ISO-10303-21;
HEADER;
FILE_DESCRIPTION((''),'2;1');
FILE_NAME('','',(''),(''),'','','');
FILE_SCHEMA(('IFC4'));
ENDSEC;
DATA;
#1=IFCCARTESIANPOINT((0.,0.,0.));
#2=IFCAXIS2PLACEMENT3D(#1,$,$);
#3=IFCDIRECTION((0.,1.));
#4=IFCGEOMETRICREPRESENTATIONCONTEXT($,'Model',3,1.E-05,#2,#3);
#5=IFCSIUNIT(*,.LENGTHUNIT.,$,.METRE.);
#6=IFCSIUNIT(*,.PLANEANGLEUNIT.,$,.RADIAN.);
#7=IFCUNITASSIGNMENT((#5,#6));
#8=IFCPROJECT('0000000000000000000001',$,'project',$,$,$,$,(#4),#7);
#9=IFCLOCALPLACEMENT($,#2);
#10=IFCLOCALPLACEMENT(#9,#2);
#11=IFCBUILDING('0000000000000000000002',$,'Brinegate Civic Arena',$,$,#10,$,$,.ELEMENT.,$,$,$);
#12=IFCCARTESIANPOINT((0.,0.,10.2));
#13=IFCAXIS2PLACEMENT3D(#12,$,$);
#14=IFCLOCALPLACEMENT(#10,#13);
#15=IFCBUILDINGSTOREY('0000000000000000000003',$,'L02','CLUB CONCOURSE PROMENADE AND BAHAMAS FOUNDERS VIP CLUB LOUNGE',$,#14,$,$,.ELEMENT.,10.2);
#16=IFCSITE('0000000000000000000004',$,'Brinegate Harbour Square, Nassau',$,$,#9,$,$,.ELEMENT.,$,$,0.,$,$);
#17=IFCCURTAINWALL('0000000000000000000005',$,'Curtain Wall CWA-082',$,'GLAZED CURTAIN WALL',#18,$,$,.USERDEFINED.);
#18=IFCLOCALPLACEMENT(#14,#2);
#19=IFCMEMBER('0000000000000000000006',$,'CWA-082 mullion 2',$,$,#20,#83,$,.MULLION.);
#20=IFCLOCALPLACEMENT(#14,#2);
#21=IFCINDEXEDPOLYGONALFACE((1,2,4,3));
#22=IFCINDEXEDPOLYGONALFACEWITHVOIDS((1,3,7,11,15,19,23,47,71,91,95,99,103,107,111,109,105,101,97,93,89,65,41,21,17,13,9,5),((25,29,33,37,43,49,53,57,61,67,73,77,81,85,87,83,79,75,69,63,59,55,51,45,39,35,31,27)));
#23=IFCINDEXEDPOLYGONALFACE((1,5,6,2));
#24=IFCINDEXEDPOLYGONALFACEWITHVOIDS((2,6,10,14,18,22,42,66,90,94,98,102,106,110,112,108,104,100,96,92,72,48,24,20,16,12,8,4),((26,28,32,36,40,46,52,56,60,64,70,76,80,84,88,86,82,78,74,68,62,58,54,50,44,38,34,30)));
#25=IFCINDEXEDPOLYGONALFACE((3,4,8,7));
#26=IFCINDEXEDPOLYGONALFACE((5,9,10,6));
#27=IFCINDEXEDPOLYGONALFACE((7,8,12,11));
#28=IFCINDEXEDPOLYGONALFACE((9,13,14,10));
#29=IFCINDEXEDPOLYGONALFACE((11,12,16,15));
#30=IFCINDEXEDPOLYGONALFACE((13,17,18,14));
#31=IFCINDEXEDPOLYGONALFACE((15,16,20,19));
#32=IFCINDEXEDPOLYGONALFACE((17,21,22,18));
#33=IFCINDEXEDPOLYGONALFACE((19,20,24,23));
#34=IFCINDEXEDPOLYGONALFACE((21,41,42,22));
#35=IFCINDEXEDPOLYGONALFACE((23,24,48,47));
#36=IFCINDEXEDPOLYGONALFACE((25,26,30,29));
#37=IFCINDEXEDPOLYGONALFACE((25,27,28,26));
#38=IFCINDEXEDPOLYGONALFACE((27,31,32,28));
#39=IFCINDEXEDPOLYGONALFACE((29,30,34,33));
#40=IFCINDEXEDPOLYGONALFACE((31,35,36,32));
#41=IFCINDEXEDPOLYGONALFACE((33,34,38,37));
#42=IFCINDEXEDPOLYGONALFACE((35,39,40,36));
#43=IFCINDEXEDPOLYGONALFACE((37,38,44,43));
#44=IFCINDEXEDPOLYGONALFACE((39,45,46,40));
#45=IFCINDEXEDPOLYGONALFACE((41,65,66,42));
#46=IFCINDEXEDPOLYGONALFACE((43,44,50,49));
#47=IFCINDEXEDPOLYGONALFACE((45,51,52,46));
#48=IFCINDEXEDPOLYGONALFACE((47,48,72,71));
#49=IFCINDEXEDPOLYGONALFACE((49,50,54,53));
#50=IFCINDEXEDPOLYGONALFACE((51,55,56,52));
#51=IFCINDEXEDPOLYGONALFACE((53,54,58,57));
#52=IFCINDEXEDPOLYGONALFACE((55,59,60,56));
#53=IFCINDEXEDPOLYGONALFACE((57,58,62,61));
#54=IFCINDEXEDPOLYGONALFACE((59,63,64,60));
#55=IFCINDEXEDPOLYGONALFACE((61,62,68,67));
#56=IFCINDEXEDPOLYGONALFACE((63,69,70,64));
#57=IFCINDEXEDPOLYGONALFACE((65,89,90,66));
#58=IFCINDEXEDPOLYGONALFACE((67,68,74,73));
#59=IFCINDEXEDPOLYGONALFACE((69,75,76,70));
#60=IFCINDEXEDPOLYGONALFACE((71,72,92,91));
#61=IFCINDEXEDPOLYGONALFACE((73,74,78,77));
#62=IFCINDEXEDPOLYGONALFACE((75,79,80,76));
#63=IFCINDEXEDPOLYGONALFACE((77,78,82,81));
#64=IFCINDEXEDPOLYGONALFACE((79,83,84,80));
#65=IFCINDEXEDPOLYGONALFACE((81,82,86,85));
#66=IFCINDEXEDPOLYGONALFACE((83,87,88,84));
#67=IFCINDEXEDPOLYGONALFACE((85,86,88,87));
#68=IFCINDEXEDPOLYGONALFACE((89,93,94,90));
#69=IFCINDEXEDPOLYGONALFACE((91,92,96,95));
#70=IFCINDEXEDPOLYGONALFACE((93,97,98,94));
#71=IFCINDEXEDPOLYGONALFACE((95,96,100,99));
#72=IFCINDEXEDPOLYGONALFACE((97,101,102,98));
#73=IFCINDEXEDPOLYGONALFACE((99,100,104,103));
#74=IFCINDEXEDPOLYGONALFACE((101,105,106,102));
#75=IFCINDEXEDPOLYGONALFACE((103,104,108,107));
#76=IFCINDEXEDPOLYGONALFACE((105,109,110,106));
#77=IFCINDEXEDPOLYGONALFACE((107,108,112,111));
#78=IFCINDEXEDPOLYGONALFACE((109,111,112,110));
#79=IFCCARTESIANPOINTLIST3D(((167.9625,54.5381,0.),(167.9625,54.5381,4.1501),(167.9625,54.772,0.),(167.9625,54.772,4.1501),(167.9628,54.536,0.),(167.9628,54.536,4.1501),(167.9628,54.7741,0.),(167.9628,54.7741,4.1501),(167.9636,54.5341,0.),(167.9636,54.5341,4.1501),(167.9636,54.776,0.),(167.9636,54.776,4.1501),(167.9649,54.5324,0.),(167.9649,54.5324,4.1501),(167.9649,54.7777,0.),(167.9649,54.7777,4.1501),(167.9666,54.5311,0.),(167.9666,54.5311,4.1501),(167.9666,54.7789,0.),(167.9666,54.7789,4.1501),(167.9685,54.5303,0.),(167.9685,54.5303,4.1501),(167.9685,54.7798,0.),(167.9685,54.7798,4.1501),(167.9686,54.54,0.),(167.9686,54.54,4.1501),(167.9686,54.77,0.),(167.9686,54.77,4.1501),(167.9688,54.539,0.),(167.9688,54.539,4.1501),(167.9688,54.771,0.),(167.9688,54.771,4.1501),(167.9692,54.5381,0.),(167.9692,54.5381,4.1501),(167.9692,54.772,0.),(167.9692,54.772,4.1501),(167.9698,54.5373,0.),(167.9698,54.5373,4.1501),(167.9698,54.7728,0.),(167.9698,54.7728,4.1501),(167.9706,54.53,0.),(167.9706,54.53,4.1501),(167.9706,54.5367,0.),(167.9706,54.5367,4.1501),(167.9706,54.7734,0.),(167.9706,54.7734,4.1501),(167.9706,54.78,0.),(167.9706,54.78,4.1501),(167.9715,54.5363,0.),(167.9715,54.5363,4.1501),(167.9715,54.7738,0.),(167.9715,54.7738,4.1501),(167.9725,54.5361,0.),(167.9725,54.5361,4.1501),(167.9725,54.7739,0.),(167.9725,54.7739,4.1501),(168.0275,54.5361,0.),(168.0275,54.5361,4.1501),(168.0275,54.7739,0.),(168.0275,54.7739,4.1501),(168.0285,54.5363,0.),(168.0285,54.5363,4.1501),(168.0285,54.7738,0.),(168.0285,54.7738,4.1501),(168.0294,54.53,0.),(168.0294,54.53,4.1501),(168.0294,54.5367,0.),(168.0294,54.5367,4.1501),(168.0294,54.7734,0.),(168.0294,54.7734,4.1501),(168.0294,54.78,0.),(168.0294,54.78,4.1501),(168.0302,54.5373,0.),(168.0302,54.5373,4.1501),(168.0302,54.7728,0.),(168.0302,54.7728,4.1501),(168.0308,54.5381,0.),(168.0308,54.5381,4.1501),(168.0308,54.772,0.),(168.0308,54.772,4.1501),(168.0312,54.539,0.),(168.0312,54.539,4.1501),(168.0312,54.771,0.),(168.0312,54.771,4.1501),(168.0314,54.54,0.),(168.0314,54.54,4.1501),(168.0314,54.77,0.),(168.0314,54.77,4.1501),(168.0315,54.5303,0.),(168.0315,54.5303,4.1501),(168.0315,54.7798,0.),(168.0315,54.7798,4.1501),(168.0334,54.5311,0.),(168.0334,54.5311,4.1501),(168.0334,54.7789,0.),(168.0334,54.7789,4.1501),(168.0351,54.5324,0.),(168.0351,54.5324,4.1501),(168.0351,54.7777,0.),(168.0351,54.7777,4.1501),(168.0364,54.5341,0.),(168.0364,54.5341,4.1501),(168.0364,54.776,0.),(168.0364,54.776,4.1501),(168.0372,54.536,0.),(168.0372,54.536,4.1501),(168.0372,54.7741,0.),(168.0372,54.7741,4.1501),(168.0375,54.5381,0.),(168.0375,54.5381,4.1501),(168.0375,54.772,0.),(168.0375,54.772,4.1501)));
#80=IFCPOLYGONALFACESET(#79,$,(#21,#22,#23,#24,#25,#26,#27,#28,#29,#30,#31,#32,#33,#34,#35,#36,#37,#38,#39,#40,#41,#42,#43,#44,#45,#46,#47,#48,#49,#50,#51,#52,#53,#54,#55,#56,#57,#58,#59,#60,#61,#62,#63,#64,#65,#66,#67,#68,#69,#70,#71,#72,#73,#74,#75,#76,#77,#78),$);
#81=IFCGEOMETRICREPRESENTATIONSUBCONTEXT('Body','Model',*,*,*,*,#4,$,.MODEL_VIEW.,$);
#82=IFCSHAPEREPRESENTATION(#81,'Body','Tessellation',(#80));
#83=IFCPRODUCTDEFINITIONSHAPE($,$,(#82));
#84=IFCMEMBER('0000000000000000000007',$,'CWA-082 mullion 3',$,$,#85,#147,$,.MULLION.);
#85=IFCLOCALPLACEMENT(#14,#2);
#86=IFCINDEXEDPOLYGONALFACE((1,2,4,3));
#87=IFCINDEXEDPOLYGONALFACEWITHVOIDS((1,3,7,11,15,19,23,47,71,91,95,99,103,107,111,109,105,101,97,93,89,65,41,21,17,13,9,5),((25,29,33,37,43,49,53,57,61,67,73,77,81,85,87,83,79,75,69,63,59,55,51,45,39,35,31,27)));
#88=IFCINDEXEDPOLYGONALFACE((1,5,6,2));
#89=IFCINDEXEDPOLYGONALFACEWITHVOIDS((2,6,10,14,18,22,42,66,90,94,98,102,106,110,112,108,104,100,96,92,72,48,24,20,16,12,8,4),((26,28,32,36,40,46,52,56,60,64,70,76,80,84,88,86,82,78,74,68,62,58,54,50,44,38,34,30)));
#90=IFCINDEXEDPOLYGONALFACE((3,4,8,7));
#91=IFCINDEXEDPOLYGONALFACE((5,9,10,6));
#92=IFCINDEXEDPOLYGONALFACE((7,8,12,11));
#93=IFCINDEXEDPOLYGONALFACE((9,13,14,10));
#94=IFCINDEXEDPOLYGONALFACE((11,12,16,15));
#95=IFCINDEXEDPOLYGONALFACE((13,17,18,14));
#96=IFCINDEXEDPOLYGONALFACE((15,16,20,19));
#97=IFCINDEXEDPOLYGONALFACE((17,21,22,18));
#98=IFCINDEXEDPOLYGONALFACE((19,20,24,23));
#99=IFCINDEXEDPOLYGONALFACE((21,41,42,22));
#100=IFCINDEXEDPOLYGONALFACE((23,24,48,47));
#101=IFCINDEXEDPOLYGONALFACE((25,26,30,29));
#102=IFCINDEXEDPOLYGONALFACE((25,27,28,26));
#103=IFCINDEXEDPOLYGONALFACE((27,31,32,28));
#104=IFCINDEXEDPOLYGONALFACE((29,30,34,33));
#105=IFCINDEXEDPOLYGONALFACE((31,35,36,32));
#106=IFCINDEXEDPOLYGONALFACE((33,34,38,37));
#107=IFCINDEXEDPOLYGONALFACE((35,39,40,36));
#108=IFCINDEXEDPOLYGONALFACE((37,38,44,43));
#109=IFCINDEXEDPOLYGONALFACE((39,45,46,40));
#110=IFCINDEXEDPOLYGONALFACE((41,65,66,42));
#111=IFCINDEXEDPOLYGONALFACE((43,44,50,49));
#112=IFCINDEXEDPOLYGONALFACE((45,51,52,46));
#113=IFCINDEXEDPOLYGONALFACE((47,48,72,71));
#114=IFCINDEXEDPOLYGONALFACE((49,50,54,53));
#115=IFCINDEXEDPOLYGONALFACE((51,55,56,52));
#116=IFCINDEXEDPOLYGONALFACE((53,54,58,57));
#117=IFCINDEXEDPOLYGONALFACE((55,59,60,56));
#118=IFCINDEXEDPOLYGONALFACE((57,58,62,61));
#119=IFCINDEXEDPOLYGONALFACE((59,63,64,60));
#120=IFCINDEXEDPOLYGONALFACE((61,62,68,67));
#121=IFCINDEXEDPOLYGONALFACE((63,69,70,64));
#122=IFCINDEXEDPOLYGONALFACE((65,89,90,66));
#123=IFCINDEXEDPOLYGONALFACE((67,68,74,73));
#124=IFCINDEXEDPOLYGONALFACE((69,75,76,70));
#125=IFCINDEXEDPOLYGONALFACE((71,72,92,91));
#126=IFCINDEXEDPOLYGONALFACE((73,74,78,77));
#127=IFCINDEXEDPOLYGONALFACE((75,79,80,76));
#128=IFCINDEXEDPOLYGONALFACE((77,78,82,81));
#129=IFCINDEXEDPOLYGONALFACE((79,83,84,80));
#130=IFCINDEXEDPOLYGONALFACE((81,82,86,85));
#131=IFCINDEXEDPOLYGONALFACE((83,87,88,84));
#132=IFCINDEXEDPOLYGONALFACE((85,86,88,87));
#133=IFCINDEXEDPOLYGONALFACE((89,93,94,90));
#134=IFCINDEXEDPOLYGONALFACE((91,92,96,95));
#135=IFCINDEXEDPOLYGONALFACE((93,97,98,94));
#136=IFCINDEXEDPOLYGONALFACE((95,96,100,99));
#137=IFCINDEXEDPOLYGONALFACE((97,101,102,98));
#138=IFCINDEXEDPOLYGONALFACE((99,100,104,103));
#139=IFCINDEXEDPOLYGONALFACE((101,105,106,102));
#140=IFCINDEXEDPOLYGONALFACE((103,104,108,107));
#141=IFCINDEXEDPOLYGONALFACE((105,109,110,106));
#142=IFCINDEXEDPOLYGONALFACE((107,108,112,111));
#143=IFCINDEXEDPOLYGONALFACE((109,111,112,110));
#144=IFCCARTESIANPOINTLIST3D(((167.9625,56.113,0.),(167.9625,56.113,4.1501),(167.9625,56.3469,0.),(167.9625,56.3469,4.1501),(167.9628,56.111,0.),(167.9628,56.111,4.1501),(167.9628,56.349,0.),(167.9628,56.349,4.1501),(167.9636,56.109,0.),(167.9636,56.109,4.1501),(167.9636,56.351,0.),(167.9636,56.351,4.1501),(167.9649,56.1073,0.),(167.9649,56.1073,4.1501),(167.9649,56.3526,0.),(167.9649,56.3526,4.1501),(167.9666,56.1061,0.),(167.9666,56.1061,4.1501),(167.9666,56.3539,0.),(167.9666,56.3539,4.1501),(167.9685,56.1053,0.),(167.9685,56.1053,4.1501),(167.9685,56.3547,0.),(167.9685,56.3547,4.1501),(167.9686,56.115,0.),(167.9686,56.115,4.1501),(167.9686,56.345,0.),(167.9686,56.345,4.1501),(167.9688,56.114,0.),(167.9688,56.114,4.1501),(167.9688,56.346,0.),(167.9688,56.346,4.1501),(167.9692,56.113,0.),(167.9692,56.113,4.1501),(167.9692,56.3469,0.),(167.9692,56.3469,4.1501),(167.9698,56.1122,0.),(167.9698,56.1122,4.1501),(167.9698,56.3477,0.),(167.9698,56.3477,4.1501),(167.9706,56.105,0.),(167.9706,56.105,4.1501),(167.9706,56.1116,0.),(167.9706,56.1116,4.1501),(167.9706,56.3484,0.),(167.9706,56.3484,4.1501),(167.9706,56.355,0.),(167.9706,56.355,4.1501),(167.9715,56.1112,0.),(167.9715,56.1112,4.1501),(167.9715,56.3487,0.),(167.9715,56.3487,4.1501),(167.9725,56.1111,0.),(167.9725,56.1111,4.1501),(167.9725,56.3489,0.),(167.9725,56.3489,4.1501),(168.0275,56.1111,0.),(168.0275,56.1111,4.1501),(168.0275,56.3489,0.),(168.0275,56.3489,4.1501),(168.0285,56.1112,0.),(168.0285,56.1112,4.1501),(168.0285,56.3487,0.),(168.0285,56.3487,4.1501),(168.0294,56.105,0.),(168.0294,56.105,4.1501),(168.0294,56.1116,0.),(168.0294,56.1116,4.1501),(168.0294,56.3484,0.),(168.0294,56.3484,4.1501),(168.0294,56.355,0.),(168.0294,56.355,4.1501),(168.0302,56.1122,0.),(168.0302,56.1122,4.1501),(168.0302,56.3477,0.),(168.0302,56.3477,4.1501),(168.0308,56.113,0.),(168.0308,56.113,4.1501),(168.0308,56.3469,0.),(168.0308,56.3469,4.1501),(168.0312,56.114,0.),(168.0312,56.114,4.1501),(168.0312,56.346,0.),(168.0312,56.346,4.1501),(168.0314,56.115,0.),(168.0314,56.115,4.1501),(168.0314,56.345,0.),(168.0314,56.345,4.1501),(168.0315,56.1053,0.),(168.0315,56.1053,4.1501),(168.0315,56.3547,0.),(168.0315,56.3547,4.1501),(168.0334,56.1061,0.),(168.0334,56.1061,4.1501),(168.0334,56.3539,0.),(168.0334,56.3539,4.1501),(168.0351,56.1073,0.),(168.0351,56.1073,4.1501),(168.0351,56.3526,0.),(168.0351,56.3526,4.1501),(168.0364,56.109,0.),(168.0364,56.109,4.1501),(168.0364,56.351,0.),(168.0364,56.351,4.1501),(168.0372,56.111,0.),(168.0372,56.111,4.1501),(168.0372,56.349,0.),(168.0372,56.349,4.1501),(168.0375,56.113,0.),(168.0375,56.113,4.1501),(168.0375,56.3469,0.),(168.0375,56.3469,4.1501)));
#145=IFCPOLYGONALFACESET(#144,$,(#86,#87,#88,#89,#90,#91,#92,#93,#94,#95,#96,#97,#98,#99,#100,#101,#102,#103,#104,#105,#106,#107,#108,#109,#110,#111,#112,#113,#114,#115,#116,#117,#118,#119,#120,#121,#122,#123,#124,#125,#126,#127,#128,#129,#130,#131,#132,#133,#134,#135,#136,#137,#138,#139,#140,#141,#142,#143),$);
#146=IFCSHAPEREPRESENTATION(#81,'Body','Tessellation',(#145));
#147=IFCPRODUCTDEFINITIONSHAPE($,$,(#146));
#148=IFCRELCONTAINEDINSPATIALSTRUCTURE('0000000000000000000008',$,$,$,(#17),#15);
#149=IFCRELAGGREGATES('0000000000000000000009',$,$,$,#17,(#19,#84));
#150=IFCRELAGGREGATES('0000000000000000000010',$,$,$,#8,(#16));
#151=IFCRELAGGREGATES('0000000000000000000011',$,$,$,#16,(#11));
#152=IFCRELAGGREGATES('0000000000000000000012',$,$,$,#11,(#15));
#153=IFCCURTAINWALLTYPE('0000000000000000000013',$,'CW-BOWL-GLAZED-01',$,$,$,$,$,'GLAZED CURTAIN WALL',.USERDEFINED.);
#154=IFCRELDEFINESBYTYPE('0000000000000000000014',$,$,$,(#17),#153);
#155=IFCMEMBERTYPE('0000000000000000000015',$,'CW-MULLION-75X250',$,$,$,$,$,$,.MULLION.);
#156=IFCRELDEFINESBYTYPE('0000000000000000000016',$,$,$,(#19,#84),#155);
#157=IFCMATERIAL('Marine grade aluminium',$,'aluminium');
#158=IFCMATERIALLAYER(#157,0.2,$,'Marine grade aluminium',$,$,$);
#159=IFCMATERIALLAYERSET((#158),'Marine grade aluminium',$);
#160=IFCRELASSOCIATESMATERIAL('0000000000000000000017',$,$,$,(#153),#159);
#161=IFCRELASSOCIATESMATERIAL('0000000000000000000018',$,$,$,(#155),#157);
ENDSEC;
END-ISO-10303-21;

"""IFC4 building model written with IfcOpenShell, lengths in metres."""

from ifc_helpers import new_model, si_unit, direction, frame, origin, origin_2d, place, context, subcontext, project, spatial, hollow_rectangle, extrude, material, layer, layer_set, material_profile, profile_set, type_object, element, aggregate, save


model = new_model("IFC4")

# Units and contexts
model_context = context("Model", 3, precision=1e-05, world=origin(), true_north=direction((0.0, 1.0)))
body_context = subcontext(model_context, "Body", "Model", "MODEL_VIEW")
ifc_project = project(units=[si_unit("LENGTHUNIT", "METRE"), si_unit("PLANEANGLEUNIT", "RADIAN")], contexts=[model_context])

# Site, building, storey
site_placement = place(None, origin())
site = spatial("IfcSite", under=ifc_project, at=site_placement, Name="Brinegate Harbour Square, Nassau", CompositionType="ELEMENT", RefElevation=0.0)
building_placement = place(site_placement, origin())
building = spatial("IfcBuilding", under=site, at=building_placement, Name="Brinegate Civic Arena", CompositionType="ELEMENT")
storey_placement = place(building_placement, frame((0.0, 0.0, 10.2)))
storey = spatial("IfcBuildingStorey", under=building, at=storey_placement, Name="L02", Description="CLUB CONCOURSE PROMENADE AND BAHAMAS FOUNDERS VIP CLUB LOUNGE", CompositionType="ELEMENT", Elevation=10.2)

# Shared definitions
ifc_material_1 = material(Name="Marine grade aluminium", Category="aluminium")
ifc_layer_1 = layer(ifc_material_1, 0.2, Name="Marine grade aluminium")
ifc_layer_set_1 = layer_set([ifc_layer_1], Name="Marine grade aluminium")
curtain_wall_type = type_object("IfcCurtainWallType", Name="CW-BOWL-GLAZED-01", ElementType="GLAZED CURTAIN WALL", PredefinedType="USERDEFINED", material=ifc_layer_set_1)

# Curtain wall, members
curtain_wall_1_placement = place(storey_placement, origin())
curtain_wall_1 = element("IfcCurtainWall", 1, at=curtain_wall_1_placement, inside=storey, type_object=curtain_wall_type, Name="Curtain Wall CWA-082", ObjectType="GLAZED CURTAIN WALL", PredefinedType="USERDEFINED")
ifc_material_profile_1 = material_profile(ifc_material_1, hollow_rectangle(XDim=0.075, YDim=0.25, WallThickness=0.0061, InnerFilletRadius=0.0039, OuterFilletRadius=0.0081, at=origin_2d()), Name="MUL75X250")
ifc_profile_set_1 = profile_set([ifc_material_profile_1], Name="Marine grade aluminium")
member_type_1 = type_object("IfcMemberType", Name="CW-MULLION-75X250", PredefinedType="MULLION", material=ifc_profile_set_1)
member_1_placement = place(storey_placement, frame((168.0, 54.655, 0.0), z_axis=(0.0, 0.0, 1.0), x_axis=(-1.0, 0.0, 0.0)))
member_1 = element("IfcMember", 2, at=member_1_placement, type_object=member_type_1, Name="CWA-082 mullion 2", PredefinedType="MULLION", context=body_context, shape_type="SweptSolid", body=[
    extrude(hollow_rectangle(XDim=0.075, YDim=0.25, WallThickness=0.0061, InnerFilletRadius=0.0039, OuterFilletRadius=0.0081, at=origin_2d()), origin(), (0.0, 0.0, 1.0), 4.1501),
])
member_2_placement = place(storey_placement, frame((168.0, 56.23, 0.0), z_axis=(0.0, 0.0, 1.0), x_axis=(-1.0, 0.0, 0.0)))
member_2 = element("IfcMember", 3, at=member_2_placement, type_object=member_type_1, Name="CWA-082 mullion 3", PredefinedType="MULLION", context=body_context, shape_type="SweptSolid", body=[
    extrude(hollow_rectangle(XDim=0.075, YDim=0.25, WallThickness=0.0061, InnerFilletRadius=0.0039, OuterFilletRadius=0.0081, at=origin_2d()), origin(), (0.0, 0.0, 1.0), 4.1501),
])

aggregate(curtain_wall_1, [member_1, member_2])

save(model, "model.ifc")
